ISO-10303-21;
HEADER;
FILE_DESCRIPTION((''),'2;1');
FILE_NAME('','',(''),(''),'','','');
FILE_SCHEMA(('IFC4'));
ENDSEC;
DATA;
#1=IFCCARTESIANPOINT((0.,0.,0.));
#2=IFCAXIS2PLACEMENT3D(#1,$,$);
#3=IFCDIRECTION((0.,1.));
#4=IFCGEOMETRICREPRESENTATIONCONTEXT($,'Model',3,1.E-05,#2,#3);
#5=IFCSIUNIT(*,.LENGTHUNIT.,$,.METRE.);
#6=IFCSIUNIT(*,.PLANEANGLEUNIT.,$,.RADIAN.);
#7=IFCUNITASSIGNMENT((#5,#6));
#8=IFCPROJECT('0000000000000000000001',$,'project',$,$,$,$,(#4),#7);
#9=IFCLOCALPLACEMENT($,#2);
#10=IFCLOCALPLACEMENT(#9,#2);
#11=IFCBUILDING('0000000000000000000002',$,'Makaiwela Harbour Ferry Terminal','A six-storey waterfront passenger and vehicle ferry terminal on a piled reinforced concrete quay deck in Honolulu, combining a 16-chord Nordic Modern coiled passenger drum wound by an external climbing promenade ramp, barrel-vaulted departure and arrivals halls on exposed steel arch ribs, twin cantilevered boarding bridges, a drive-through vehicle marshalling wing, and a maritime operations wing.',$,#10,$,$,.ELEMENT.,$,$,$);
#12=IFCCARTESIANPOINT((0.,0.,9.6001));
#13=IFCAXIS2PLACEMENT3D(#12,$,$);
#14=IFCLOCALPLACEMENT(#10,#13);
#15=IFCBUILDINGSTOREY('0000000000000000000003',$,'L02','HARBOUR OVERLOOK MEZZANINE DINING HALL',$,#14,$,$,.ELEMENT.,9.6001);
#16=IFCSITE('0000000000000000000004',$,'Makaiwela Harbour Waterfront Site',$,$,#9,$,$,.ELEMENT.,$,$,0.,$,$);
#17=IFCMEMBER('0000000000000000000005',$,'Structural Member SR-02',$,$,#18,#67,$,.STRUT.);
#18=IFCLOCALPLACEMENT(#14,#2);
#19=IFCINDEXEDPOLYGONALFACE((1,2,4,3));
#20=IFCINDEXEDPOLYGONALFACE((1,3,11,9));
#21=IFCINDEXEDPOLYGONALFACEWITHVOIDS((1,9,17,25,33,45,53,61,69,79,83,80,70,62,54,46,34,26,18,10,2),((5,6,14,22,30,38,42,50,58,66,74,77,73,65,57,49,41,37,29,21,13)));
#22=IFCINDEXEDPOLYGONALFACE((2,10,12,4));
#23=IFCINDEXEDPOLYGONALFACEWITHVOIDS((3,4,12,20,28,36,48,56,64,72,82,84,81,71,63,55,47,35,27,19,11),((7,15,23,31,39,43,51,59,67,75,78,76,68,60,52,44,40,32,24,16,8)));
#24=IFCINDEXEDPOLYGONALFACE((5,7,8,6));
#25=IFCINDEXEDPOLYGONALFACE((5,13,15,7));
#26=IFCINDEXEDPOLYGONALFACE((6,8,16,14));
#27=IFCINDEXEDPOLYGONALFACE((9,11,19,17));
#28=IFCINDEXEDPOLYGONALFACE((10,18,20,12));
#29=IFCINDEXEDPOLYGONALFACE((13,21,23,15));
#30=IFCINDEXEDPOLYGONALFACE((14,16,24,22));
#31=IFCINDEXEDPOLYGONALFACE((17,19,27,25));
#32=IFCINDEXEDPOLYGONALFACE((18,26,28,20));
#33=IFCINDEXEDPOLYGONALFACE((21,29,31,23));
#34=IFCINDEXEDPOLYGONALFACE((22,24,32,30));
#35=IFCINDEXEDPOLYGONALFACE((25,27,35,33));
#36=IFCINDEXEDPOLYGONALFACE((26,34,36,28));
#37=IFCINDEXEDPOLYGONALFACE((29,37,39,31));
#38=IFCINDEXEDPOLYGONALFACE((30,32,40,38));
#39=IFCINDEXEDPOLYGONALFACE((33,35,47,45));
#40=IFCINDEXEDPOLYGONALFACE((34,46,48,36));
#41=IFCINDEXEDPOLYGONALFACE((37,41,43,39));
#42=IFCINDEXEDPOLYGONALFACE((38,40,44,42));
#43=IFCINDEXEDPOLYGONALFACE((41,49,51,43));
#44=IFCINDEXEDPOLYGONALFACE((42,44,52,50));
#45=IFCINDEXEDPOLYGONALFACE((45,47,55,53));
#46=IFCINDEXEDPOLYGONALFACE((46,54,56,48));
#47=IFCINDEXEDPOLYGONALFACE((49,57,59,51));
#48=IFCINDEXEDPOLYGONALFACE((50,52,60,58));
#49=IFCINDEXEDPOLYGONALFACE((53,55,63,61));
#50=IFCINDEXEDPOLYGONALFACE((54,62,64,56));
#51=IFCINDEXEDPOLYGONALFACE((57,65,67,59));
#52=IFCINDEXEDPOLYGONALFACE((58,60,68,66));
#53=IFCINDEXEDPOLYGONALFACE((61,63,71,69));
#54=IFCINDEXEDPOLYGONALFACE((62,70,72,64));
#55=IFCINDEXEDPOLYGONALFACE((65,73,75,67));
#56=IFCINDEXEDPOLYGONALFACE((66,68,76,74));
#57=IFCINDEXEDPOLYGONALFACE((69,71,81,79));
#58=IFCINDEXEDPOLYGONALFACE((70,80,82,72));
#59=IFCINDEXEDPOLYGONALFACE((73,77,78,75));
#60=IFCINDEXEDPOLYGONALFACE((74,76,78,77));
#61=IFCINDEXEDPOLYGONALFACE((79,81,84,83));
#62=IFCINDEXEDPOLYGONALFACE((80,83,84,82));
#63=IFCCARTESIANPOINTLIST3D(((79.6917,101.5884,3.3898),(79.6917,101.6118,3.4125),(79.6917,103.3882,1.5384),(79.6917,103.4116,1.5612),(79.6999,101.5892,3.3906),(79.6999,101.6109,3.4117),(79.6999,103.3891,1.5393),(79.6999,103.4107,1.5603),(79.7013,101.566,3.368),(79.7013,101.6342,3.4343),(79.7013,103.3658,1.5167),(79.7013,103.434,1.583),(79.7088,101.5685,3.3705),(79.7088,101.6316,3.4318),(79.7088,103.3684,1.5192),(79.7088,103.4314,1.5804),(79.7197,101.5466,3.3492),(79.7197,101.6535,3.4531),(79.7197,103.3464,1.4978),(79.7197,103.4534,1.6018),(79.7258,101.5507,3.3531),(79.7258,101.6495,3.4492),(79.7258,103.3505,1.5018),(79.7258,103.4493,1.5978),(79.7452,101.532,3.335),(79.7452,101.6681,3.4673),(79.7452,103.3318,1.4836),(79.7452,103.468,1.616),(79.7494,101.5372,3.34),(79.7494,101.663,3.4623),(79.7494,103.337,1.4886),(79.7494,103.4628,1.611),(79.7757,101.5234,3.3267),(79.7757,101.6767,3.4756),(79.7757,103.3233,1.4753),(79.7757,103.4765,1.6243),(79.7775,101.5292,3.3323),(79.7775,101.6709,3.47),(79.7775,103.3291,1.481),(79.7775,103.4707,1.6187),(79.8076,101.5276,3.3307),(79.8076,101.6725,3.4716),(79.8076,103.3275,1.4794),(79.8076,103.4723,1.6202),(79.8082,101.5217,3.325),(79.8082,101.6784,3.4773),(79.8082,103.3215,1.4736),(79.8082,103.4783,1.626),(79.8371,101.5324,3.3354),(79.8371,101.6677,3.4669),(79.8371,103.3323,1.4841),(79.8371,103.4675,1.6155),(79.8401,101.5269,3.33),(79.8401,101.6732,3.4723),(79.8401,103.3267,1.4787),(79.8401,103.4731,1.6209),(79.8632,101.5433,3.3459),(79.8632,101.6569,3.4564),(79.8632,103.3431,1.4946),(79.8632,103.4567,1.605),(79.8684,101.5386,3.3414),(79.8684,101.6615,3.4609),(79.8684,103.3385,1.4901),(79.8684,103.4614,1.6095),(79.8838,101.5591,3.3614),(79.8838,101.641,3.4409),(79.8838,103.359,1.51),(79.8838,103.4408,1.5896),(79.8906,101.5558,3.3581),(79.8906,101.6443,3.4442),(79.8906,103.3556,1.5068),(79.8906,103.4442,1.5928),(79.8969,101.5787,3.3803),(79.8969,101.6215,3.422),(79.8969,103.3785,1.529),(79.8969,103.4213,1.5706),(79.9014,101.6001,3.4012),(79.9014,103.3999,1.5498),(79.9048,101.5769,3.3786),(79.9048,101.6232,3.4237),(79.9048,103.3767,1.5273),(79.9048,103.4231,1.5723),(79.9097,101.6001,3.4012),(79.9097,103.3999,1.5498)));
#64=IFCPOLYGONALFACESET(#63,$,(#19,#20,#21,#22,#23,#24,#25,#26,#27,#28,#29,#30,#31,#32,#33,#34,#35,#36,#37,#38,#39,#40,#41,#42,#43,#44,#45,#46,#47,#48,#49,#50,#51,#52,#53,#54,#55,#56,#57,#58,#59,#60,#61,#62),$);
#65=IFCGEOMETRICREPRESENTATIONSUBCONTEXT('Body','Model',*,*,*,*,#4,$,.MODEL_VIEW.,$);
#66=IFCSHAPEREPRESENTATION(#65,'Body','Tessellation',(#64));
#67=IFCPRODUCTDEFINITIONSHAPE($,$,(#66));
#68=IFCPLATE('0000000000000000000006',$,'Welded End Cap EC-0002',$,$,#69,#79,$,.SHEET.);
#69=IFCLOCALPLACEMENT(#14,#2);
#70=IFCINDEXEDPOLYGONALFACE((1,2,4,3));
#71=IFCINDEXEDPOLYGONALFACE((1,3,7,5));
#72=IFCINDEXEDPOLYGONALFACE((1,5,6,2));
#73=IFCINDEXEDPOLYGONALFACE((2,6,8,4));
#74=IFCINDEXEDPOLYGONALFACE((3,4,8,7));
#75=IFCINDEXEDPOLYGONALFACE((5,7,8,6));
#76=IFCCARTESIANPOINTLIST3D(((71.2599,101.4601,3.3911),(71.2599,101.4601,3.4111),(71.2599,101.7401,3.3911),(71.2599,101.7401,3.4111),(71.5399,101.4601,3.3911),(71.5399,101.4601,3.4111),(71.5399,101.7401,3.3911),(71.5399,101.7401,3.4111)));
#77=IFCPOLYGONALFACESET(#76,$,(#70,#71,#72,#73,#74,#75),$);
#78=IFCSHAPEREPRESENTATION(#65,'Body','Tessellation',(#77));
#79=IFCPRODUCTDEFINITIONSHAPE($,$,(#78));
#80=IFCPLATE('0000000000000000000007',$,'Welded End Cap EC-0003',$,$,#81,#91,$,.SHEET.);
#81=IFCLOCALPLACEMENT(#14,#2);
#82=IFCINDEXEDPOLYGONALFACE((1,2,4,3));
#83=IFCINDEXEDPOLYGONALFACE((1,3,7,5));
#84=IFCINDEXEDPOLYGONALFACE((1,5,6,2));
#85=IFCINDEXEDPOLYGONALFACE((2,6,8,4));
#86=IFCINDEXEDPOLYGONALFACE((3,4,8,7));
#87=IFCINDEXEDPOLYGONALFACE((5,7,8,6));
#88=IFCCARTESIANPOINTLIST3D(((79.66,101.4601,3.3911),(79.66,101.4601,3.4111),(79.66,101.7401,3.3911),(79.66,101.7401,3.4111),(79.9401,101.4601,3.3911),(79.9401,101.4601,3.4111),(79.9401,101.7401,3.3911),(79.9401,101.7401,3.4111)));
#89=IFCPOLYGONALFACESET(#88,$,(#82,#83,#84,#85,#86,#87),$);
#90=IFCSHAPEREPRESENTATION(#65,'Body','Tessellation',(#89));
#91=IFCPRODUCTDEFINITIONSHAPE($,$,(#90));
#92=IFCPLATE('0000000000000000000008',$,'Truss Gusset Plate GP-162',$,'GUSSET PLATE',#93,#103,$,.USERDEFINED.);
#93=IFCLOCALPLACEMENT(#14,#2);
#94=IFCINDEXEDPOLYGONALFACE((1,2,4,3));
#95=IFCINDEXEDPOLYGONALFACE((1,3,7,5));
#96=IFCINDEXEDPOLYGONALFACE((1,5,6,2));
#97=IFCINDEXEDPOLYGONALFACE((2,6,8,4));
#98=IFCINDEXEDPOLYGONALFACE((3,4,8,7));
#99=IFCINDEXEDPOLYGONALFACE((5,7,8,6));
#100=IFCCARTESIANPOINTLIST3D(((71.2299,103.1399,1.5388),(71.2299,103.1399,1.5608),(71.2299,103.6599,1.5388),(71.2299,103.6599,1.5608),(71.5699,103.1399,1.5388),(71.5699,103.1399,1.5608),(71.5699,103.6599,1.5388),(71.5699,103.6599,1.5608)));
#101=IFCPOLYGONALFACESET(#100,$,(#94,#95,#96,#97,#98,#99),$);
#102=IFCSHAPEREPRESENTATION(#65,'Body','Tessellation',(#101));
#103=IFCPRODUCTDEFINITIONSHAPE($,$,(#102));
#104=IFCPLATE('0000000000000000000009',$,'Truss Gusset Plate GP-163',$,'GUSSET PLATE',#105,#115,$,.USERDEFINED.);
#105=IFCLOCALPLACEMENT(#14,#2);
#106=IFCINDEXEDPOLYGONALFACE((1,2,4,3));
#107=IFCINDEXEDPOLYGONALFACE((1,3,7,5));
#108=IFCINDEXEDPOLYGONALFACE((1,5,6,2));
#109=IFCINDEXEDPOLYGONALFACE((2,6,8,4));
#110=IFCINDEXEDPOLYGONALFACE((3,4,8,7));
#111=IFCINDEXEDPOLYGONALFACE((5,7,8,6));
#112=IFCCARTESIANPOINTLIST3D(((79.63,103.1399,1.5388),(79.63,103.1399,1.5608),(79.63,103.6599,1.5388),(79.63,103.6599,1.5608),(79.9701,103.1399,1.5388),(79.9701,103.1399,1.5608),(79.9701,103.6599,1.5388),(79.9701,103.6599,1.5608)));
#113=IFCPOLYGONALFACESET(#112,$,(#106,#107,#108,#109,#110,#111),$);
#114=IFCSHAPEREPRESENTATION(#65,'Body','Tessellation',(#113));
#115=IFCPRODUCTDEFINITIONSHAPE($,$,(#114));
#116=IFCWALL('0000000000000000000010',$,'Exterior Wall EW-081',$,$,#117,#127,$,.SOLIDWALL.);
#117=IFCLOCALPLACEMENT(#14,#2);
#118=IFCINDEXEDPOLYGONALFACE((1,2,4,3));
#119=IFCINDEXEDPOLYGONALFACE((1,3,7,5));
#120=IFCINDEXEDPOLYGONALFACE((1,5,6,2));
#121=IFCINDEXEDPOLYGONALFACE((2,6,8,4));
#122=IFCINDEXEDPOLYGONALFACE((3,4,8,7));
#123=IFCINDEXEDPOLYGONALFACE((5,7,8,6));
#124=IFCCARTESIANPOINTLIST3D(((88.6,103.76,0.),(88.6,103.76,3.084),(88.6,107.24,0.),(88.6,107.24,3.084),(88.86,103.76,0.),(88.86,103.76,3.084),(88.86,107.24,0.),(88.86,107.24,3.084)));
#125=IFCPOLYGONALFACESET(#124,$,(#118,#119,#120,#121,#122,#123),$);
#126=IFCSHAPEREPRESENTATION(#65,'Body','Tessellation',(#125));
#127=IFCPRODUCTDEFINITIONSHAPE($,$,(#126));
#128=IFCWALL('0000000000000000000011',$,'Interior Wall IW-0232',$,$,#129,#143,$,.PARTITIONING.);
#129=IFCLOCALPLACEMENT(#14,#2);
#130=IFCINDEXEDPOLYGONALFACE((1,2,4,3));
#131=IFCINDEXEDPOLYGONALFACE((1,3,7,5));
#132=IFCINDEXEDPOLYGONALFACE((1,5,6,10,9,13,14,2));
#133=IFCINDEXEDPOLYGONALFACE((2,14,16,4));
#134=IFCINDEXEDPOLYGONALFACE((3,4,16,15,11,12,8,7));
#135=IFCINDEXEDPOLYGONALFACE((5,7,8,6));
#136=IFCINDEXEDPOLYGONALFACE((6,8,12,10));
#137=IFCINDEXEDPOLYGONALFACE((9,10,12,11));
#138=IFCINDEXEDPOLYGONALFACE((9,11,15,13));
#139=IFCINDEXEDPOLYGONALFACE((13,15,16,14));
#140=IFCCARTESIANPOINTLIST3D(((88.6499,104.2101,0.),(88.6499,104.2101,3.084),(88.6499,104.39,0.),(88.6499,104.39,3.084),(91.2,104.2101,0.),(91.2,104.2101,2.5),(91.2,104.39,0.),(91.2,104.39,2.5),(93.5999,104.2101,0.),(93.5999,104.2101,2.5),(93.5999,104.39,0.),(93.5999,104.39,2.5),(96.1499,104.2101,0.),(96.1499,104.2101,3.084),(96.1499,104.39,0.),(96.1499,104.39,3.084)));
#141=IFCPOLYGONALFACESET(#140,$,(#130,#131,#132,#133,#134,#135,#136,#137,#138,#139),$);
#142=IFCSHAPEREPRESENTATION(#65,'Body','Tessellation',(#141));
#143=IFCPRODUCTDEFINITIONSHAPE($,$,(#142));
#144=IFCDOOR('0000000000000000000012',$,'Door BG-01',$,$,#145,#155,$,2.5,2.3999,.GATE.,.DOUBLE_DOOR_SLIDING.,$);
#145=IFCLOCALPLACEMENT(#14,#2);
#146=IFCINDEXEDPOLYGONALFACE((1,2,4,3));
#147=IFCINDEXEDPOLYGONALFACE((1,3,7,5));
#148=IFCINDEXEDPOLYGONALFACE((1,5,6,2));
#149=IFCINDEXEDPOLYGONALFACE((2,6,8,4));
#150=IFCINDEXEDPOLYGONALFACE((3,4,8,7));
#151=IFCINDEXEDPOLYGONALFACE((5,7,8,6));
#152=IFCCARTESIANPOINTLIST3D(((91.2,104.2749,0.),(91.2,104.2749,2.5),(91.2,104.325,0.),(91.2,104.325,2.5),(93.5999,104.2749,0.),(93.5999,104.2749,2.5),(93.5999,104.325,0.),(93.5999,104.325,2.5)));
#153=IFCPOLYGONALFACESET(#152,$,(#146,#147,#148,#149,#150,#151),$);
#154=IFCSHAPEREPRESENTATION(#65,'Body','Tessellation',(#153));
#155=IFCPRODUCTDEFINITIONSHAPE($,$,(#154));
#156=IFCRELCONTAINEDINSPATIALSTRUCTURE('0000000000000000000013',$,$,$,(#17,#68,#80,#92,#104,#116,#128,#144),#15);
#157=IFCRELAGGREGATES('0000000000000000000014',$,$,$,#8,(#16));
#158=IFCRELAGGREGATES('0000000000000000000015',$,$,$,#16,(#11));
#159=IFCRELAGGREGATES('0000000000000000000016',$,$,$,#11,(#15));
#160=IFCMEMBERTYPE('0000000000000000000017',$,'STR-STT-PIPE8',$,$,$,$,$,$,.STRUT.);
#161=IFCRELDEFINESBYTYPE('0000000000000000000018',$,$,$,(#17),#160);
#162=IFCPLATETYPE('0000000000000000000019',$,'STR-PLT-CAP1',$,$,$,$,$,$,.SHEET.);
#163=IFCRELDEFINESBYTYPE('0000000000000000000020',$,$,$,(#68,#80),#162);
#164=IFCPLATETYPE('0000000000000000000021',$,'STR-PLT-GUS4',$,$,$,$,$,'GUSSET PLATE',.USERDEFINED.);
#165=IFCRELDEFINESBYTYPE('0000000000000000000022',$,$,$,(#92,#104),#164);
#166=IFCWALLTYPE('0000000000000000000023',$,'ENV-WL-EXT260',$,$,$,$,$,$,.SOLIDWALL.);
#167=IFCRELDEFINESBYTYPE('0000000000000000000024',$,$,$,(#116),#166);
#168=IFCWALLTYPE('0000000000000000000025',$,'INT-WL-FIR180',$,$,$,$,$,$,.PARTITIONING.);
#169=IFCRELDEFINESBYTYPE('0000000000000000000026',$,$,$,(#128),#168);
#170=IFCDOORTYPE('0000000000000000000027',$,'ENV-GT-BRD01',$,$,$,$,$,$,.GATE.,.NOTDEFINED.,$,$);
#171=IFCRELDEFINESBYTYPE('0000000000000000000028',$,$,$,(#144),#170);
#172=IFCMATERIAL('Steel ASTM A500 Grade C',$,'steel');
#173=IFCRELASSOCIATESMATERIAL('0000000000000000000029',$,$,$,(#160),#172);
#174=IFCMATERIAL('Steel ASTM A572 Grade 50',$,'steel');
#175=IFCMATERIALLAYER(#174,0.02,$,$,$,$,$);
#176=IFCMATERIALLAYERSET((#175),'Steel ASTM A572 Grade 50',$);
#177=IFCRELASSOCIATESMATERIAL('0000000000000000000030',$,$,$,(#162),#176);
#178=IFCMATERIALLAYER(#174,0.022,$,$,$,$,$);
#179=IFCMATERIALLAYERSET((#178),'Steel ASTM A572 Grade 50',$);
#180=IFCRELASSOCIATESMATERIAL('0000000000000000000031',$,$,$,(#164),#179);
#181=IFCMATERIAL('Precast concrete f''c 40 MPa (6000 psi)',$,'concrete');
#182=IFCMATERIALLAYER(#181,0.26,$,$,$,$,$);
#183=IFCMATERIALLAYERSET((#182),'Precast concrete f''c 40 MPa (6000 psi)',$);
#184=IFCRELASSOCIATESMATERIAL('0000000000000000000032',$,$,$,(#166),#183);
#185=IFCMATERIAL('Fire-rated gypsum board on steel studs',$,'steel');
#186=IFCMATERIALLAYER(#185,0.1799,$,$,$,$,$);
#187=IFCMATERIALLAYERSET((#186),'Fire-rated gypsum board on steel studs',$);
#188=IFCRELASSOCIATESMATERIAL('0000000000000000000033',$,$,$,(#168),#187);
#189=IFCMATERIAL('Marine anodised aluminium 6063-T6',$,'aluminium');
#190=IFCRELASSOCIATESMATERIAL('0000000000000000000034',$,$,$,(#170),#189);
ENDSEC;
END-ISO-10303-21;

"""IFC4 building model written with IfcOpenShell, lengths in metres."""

from ifc_helpers import new_model, si_unit, direction, frame, frame_2d, origin, origin_2d, place, context, subcontext, project, spatial, rectangle, hollow_circle, extrude, material, layer, layer_set, material_profile, profile_set, type_object, element, fill, save


model = new_model("IFC4")

# Units and contexts
model_context = context("Model", 3, precision=1e-05, world=origin(), true_north=direction((0.0, 1.0)))
body_context = subcontext(model_context, "Body", "Model", "MODEL_VIEW")
ifc_project = project(units=[si_unit("LENGTHUNIT", "METRE"), si_unit("PLANEANGLEUNIT", "RADIAN")], contexts=[model_context])

# Site, building, storey
site_placement = place(None, origin())
site = spatial("IfcSite", under=ifc_project, at=site_placement, Name="Makaiwela Harbour Waterfront Site", CompositionType="ELEMENT", RefElevation=0.0)
building_placement = place(site_placement, origin())
building = spatial("IfcBuilding", under=site, at=building_placement, Name="Makaiwela Harbour Ferry Terminal", Description="A six-storey waterfront passenger and vehicle ferry terminal on a piled reinforced concrete quay deck in Honolulu, combining a 16-chord Nordic Modern coiled passenger drum wound by an external climbing promenade ramp, barrel-vaulted departure and arrivals halls on exposed steel arch ribs, twin cantilevered boarding bridges, a drive-through vehicle marshalling wing, and a maritime operations wing.", CompositionType="ELEMENT")
storey_placement = place(building_placement, frame((0.0, 0.0, 9.6001)))
storey = spatial("IfcBuildingStorey", under=building, at=storey_placement, Name="L02", Description="HARBOUR OVERLOOK MEZZANINE DINING HALL", CompositionType="ELEMENT", Elevation=9.6001)

# Member
ifc_material_1 = material(Name="Steel ASTM A500 Grade C", Category="steel")
ifc_material_profile_1 = material_profile(ifc_material_1, hollow_circle(Radius=0.1096, WallThickness=0.0083, at=origin_2d()), Name="PIPE8STD")
ifc_profile_set_1 = profile_set([ifc_material_profile_1], Name="Steel ASTM A500 Grade C")
member_type = type_object("IfcMemberType", Name="STR-STT-PIPE8", PredefinedType="STRUT", material=ifc_profile_set_1)
for number, where, z_axis, x_axis, name in (
    (1, (79.8, 103.3999, 1.5498), (0.0, -0.697061, 0.717012), (1.0, 0.0, 0.0), "Structural Member SR-02"),
):
    element("IfcMember", number, at=place(storey_placement, frame(where, z_axis=z_axis, x_axis=x_axis)), inside=storey, type_object=member_type, Name=name, PredefinedType="STRUT", context=body_context, shape_type="SweptSolid", body=[
        extrude(hollow_circle(Radius=0.1096, WallThickness=0.0083, at=origin_2d()), origin(), (0.0, 0.0, 1.0), 2.582),
    ])

# Plates
ifc_material_2 = material(Name="Steel ASTM A572 Grade 50", Category="steel")
ifc_layer_1 = layer(ifc_material_2, 0.02)
ifc_layer_set_1 = layer_set([ifc_layer_1], Name="Steel ASTM A572 Grade 50")
plate_type_1 = type_object("IfcPlateType", Name="STR-PLT-CAP1", PredefinedType="SHEET", material=ifc_layer_set_1)
for number, where, z_axis, x_axis, name in (
    (2, (71.3999, 101.6001, 3.3911), (0.0, 0.0, 1.0), (1.0, 0.0, 0.0), "Welded End Cap EC-0002"),
    (3, (79.8, 101.6001, 3.3911), (0.0, 0.0, 1.0), (1.0, 0.0, 0.0), "Welded End Cap EC-0003"),
):
    element("IfcPlate", number, at=place(storey_placement, frame(where, z_axis=z_axis, x_axis=x_axis)), inside=storey, type_object=plate_type_1, Name=name, PredefinedType="SHEET", context=body_context, shape_type="SweptSolid", body=[
        extrude(rectangle(XDim=0.28, YDim=0.28, at=origin_2d()), origin(), (0.0, 0.0, 1.0), 0.02),
    ])
ifc_layer_2 = layer(ifc_material_2, 0.022)
ifc_layer_set_2 = layer_set([ifc_layer_2], Name="Steel ASTM A572 Grade 50")
plate_type_2 = type_object("IfcPlateType", Name="STR-PLT-GUS4", ElementType="GUSSET PLATE", PredefinedType="USERDEFINED", material=ifc_layer_set_2)
for number, where, z_axis, x_axis, name in (
    (4, (71.3999, 103.3999, 1.5388), (0.0, 0.0, 1.0), (0.0, 1.0, 0.0), "Truss Gusset Plate GP-162"),
    (5, (79.8, 103.3999, 1.5388), (0.0, 0.0, 1.0), (0.0, 1.0, 0.0), "Truss Gusset Plate GP-163"),
):
    element("IfcPlate", number, at=place(storey_placement, frame(where, z_axis=z_axis, x_axis=x_axis)), inside=storey, type_object=plate_type_2, Name=name, ObjectType="GUSSET PLATE", PredefinedType="USERDEFINED", context=body_context, shape_type="SweptSolid", body=[
        extrude(rectangle(XDim=0.52, YDim=0.3401, at=origin_2d()), origin(), (0.0, 0.0, 1.0), 0.022),
    ])

# Wall
ifc_material_3 = material(Name="Precast concrete f'c 40 MPa (6000 psi)", Category="concrete")
ifc_layer_3 = layer(ifc_material_3, 0.26)
ifc_layer_set_3 = layer_set([ifc_layer_3], Name="Precast concrete f'c 40 MPa (6000 psi)")
wall_type_1 = type_object("IfcWallType", Name="ENV-WL-EXT260", PredefinedType="SOLIDWALL", material=ifc_layer_set_3)
wall_1_placement = place(storey_placement, frame((88.73, 103.76, 0.0), z_axis=(0.0, 0.0, 1.0), x_axis=(0.0, 1.0, 0.0)))
element("IfcWall", 6, at=wall_1_placement, inside=storey, type_object=wall_type_1, Name="Exterior Wall EW-081", PredefinedType="SOLIDWALL", context=body_context, shape_type="SweptSolid", body=[
    extrude(rectangle(XDim=3.48, YDim=0.26, at=frame_2d((1.74, 0.0))), origin(), (0.0, 0.0, 1.0), 3.084),
])

# Wall, opening, door
ifc_material_4 = material(Name="Fire-rated gypsum board on steel studs", Category="steel")
ifc_layer_4 = layer(ifc_material_4, 0.1799)
ifc_layer_set_4 = layer_set([ifc_layer_4], Name="Fire-rated gypsum board on steel studs")
wall_type_2 = type_object("IfcWallType", Name="INT-WL-FIR180", PredefinedType="PARTITIONING", material=ifc_layer_set_4)
wall_2_placement = place(storey_placement, frame((88.6499, 104.3, 0.0), z_axis=(0.0, 0.0, 1.0), x_axis=(1.0, 0.0, 0.0)))
wall_2 = element("IfcWall", 7, at=wall_2_placement, inside=storey, type_object=wall_type_2, Name="Interior Wall IW-0232", PredefinedType="PARTITIONING", context=body_context, shape_type="SweptSolid", body=[
    extrude(rectangle(XDim=7.5, YDim=0.1799, at=frame_2d((3.75, 0.0))), origin(), (0.0, 0.0, 1.0), 3.084),
])
opening_placement = place(wall_2_placement, frame((2.55, 0.0, 0.0)))
opening = element("IfcOpeningElement", 8, at=opening_placement, cuts=wall_2, PredefinedType="OPENING", context=body_context, shape_type="SweptSolid", body=[
    extrude(rectangle(XDim=2.3999, YDim=2.5, at=frame_2d((1.2, 1.25))), frame((0.0, 0.0999, 0.0), z_axis=(0.0, -1.0, 0.0), x_axis=(1.0, 0.0, 0.0)), (0.0, 0.0, 1.0), 0.2),
])
ifc_material_5 = material(Name="Marine anodised aluminium 6063-T6", Category="aluminium")
door_type = type_object("IfcDoorType", Name="ENV-GT-BRD01", OperationType="NOTDEFINED", PredefinedType="GATE", material=ifc_material_5)
door_placement = place(opening_placement, origin())
door = element("IfcDoor", 9, at=door_placement, inside=storey, type_object=door_type, Name="Door BG-01", OperationType="DOUBLE_DOOR_SLIDING", OverallHeight=2.5, OverallWidth=2.3999, PredefinedType="GATE", context=body_context, shape_type="SweptSolid", body=[
    extrude(rectangle(XDim=2.3999, YDim=2.5, at=frame_2d((1.2, 1.25))), frame((0.0, 0.0249, 0.0), z_axis=(0.0, -1.0, 0.0), x_axis=(1.0, 0.0, 0.0)), (0.0, 0.0, 1.0), 0.05),
])
fill(opening, door)

save(model, "model.ifc")
